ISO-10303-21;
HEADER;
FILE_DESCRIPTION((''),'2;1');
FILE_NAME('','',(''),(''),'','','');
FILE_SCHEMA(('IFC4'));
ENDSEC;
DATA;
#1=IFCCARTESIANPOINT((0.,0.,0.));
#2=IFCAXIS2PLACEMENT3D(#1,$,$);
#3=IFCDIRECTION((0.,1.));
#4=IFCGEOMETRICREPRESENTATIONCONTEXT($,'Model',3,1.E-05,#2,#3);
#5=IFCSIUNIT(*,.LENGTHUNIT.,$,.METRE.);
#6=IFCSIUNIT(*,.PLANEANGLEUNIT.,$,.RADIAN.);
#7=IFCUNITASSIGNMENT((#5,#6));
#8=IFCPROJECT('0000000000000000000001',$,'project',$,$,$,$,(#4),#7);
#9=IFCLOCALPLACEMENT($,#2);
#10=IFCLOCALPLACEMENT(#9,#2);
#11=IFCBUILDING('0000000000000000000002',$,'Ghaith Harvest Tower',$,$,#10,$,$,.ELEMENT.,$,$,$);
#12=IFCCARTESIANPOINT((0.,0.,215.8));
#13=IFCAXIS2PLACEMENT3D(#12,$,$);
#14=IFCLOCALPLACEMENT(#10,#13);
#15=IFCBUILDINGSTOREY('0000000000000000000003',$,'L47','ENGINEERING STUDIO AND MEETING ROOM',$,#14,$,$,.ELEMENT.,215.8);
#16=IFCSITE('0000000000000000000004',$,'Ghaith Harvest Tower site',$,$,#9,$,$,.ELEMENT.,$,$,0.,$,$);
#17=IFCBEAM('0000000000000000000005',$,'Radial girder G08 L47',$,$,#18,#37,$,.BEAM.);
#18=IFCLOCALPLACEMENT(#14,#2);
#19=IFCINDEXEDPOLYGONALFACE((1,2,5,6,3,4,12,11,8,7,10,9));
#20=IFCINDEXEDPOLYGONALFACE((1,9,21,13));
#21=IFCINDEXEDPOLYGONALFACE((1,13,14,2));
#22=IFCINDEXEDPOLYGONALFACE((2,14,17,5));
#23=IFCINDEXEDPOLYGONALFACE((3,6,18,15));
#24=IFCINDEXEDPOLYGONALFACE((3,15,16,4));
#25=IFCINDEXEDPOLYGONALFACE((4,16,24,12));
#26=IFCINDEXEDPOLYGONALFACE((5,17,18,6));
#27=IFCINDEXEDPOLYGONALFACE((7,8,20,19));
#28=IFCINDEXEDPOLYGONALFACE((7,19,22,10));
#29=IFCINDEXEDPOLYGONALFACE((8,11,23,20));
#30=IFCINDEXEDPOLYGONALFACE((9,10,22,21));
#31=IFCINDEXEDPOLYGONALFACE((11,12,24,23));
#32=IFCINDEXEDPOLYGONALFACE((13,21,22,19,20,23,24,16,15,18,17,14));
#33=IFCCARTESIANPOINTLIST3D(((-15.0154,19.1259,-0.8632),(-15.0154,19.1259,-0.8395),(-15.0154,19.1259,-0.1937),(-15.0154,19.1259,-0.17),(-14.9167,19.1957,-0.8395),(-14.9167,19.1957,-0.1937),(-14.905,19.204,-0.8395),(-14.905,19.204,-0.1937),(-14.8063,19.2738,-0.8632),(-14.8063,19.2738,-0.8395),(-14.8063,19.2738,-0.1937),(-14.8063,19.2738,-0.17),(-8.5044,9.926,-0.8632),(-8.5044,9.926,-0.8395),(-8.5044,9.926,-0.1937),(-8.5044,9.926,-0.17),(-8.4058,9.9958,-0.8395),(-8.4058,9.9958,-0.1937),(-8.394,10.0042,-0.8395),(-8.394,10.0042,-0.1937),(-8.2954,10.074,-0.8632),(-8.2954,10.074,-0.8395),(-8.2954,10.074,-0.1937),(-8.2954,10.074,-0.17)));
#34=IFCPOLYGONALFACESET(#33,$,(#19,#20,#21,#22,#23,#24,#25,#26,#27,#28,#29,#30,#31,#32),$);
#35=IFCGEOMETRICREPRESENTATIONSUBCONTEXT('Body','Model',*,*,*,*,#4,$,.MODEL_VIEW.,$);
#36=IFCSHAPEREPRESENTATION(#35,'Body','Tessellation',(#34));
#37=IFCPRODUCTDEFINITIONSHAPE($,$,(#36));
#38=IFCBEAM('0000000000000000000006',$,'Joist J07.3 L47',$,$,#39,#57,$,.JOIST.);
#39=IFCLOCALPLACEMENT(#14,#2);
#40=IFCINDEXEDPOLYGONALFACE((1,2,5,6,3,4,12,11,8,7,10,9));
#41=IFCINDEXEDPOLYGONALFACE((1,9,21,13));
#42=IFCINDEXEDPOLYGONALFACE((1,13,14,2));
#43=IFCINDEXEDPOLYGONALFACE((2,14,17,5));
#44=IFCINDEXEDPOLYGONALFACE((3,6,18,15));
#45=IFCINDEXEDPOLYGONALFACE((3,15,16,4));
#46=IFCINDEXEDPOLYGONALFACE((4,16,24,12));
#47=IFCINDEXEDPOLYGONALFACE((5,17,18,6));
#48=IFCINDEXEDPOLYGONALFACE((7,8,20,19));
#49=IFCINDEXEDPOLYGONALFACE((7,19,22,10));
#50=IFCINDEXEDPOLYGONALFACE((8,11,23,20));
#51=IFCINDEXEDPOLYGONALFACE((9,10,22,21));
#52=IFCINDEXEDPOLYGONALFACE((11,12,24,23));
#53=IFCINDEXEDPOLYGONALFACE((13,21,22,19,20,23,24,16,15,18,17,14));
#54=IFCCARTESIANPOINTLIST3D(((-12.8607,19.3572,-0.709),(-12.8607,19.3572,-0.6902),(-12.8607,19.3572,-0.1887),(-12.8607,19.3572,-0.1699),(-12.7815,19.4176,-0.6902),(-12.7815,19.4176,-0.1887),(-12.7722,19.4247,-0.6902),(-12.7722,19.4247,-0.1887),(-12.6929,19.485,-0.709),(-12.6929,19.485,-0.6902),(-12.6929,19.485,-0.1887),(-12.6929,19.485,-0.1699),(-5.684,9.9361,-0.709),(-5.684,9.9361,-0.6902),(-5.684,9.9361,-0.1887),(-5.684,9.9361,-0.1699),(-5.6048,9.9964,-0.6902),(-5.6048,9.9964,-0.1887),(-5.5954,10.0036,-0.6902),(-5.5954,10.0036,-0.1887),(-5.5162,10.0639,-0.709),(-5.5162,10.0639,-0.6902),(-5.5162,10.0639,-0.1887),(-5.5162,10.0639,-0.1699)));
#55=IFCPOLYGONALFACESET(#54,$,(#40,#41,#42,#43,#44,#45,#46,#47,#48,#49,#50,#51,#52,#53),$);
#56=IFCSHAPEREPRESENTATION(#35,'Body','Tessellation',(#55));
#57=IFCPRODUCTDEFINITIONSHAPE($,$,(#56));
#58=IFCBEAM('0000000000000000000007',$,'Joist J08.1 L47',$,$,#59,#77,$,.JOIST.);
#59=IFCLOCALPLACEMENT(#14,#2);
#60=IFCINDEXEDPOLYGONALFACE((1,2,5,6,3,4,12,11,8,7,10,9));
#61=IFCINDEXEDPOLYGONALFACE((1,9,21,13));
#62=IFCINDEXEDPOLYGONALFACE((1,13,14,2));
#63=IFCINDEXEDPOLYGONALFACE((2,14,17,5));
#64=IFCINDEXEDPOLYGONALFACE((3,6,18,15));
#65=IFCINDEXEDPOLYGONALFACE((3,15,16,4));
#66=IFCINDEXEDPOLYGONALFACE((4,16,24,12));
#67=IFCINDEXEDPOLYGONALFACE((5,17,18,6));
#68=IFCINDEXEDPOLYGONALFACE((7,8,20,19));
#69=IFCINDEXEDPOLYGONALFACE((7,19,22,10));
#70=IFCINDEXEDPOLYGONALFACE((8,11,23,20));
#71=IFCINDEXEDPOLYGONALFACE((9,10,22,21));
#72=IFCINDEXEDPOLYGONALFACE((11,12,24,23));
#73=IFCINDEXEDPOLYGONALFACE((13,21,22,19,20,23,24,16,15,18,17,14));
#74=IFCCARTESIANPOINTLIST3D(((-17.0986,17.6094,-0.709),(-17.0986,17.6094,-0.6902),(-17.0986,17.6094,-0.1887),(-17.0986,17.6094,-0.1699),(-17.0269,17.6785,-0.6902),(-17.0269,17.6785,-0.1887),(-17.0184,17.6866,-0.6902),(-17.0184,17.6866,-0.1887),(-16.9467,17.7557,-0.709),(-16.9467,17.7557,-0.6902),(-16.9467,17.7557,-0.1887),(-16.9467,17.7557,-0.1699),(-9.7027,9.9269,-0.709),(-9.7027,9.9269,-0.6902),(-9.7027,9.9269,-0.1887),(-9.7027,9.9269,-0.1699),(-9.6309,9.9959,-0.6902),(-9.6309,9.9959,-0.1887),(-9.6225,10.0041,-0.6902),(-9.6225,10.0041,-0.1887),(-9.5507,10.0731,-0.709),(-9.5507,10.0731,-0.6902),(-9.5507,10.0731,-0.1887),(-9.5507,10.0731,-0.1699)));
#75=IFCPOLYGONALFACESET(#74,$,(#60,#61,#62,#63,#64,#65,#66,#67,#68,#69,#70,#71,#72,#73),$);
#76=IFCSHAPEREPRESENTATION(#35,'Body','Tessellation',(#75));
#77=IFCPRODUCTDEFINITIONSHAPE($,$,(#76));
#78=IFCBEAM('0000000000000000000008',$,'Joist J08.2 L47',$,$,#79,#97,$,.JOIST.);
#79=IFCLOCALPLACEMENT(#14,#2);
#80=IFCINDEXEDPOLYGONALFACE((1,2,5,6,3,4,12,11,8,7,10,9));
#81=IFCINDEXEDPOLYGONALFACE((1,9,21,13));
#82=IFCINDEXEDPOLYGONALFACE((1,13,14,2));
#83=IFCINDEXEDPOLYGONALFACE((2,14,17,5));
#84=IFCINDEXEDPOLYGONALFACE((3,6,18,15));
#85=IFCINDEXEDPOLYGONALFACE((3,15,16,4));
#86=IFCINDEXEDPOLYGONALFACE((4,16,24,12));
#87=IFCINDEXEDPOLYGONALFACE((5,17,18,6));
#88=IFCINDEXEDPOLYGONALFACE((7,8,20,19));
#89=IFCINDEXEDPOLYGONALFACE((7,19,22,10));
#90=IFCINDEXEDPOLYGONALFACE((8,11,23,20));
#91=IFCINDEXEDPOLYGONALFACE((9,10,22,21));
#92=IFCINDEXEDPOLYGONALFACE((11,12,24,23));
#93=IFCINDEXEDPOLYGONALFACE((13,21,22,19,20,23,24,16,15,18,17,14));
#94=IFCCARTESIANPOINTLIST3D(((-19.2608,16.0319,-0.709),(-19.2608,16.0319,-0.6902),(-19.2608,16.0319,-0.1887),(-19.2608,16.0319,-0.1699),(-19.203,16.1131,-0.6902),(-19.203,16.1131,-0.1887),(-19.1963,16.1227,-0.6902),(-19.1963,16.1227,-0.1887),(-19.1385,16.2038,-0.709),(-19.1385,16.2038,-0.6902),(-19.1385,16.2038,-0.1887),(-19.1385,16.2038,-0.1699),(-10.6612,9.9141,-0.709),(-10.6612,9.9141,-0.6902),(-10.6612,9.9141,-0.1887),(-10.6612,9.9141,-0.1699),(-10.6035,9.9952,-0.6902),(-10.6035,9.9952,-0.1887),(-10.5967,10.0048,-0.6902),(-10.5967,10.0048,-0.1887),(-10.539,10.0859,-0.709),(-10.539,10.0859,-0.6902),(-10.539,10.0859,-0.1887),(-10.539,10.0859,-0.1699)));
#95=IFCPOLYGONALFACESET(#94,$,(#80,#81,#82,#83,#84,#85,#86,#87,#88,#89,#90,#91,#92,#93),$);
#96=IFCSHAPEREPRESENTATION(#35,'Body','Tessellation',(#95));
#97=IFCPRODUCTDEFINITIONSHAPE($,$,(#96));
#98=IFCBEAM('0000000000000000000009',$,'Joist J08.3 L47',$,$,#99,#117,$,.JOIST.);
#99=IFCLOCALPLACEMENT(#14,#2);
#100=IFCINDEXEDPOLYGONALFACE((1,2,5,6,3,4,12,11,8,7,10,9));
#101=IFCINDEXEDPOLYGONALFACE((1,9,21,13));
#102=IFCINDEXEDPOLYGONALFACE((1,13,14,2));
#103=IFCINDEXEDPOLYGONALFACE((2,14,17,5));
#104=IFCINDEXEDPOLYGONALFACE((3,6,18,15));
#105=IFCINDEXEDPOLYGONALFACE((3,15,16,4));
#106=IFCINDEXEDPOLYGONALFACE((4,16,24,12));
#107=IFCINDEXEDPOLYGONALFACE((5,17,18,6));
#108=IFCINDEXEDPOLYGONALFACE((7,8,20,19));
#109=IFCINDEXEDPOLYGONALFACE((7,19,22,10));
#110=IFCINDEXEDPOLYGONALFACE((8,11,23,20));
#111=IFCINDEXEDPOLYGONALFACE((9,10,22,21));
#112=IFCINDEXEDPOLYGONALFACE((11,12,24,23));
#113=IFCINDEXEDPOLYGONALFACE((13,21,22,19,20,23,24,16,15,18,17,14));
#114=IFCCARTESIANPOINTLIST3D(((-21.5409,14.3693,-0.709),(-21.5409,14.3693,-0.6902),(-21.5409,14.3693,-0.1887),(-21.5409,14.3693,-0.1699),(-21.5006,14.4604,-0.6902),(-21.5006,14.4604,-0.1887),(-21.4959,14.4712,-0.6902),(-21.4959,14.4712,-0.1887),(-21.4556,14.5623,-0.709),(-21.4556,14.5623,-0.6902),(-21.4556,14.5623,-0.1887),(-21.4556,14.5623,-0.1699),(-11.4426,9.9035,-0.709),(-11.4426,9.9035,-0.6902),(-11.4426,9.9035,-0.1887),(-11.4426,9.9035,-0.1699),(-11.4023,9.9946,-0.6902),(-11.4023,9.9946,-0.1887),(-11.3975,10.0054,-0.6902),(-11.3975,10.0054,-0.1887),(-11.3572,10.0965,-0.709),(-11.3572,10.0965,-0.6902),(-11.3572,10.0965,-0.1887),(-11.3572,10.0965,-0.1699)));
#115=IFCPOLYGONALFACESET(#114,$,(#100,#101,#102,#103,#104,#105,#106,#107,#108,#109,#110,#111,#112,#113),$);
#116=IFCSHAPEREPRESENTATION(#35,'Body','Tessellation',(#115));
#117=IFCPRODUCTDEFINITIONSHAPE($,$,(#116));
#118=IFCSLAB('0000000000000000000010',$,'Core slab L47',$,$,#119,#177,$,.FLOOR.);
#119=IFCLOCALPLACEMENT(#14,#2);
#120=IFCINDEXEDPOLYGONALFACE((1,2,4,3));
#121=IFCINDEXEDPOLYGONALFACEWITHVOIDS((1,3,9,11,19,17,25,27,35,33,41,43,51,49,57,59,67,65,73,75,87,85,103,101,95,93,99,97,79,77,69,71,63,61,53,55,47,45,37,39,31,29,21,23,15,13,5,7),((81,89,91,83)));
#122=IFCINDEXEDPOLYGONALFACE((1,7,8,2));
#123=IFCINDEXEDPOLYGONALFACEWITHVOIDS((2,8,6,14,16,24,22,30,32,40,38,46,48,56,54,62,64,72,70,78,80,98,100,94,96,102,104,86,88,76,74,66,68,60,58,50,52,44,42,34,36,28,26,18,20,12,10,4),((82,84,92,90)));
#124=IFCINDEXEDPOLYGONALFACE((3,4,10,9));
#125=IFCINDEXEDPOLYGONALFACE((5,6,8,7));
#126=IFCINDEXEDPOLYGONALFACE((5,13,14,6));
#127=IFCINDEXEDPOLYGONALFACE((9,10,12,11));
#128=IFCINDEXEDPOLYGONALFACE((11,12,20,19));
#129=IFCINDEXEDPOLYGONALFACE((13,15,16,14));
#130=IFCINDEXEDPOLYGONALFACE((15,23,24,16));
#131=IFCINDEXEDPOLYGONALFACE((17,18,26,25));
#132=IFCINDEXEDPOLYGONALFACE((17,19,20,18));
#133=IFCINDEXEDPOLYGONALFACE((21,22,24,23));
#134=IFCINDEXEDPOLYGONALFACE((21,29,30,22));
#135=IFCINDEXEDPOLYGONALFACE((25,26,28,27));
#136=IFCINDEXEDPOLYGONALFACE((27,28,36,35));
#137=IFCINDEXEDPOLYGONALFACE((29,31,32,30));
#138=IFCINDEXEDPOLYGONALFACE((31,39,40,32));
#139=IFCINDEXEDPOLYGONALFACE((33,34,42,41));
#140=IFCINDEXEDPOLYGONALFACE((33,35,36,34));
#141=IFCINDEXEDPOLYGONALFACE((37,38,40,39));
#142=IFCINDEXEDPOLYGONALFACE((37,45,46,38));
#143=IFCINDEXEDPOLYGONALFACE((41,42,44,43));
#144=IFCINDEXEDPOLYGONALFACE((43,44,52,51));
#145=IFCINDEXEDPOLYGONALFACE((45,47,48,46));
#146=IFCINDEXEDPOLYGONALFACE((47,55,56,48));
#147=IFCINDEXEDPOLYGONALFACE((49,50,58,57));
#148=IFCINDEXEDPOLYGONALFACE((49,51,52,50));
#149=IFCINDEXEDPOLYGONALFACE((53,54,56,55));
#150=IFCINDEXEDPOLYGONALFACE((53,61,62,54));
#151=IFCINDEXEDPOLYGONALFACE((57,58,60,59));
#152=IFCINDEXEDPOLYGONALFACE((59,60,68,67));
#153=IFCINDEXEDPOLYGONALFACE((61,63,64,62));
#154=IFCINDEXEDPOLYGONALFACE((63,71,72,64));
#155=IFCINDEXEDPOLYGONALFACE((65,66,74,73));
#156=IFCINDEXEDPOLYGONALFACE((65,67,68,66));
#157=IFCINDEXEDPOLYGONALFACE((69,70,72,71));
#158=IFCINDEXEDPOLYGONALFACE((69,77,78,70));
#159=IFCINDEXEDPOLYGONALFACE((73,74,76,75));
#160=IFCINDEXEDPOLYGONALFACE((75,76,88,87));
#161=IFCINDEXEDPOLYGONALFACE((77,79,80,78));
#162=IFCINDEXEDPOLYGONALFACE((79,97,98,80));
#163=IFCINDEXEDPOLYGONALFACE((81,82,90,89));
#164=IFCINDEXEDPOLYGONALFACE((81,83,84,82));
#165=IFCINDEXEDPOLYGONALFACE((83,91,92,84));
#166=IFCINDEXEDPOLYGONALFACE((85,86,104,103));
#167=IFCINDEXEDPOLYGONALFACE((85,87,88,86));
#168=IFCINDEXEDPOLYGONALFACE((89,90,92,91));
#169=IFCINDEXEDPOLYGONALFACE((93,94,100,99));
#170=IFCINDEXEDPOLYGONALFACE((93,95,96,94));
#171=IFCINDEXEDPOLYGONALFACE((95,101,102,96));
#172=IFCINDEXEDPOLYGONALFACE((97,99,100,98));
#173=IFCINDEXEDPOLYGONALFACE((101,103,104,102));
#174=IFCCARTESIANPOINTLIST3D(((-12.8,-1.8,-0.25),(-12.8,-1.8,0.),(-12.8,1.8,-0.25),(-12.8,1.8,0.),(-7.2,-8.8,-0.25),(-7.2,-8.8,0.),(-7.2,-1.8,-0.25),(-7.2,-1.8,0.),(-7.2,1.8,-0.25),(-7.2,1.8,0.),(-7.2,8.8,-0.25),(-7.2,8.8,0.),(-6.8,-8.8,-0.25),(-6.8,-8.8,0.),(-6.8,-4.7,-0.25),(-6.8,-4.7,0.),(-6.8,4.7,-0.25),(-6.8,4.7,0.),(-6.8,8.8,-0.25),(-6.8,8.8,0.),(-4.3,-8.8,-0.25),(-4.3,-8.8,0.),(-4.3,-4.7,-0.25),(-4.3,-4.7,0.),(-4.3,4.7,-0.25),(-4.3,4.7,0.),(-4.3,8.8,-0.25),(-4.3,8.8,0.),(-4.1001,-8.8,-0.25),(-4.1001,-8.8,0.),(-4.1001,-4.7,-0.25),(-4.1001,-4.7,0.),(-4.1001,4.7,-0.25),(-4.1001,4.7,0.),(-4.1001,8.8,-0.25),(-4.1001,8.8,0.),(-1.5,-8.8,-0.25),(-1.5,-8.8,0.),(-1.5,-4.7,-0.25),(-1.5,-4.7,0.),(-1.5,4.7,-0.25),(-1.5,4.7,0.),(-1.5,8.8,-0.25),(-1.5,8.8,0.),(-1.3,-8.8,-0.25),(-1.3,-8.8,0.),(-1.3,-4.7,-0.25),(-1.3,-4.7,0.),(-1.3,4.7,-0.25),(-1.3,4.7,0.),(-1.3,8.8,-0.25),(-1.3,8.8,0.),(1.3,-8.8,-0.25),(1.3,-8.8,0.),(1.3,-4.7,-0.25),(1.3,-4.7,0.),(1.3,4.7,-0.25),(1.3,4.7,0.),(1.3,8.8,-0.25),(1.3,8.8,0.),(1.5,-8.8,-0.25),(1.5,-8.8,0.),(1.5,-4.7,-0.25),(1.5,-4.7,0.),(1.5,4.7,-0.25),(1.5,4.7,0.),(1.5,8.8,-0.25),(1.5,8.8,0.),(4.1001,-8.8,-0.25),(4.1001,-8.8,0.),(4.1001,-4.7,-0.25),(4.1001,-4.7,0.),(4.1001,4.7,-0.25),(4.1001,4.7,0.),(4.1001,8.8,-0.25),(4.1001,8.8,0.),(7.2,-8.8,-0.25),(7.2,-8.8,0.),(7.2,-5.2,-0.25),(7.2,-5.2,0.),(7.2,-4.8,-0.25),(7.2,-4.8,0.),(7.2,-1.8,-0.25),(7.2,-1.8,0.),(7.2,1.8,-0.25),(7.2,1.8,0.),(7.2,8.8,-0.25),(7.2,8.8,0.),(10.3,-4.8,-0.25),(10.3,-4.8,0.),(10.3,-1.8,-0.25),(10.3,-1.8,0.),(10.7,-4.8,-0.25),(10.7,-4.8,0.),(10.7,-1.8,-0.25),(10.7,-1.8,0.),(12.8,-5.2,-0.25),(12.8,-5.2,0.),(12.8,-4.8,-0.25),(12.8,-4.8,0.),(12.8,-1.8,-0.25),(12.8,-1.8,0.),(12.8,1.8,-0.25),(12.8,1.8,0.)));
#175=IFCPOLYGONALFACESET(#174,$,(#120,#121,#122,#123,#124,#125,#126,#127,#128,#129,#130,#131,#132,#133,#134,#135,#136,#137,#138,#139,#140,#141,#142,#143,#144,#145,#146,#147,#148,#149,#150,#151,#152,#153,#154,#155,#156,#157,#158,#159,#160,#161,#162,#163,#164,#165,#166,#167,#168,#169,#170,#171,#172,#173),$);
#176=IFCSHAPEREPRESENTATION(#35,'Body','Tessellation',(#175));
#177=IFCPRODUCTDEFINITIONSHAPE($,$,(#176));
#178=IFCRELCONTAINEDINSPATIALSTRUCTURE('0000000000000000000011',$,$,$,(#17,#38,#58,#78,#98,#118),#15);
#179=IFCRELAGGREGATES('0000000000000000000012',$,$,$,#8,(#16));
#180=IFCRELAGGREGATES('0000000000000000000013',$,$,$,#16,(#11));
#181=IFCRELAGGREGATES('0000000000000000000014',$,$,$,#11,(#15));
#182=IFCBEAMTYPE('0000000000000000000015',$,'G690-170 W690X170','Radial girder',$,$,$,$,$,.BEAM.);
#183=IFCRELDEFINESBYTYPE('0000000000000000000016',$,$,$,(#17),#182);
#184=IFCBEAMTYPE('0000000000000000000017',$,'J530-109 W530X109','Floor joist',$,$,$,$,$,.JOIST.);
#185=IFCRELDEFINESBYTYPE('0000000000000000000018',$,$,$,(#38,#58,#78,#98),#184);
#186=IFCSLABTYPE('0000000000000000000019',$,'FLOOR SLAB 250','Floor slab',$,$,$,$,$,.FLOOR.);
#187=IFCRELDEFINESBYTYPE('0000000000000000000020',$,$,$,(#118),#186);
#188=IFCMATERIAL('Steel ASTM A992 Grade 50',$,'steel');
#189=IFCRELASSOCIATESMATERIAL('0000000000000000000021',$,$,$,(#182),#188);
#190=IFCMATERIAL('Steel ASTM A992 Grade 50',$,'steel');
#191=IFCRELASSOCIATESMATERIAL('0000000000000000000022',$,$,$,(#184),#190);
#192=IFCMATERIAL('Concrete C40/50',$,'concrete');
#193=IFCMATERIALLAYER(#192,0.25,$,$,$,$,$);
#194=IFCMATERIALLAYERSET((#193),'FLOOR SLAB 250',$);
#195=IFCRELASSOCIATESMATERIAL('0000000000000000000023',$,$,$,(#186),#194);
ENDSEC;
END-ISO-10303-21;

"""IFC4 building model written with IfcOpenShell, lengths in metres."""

from ifc_helpers import new_model, si_unit, direction, frame, origin, origin_2d, place, context, subcontext, project, spatial, polyline, i_section, outline, extrude, material, layer, layer_set, material_profile, profile_set, type_object, element, save


model = new_model("IFC4")

# Units and contexts
model_context = context("Model", 3, precision=1e-05, world=origin(), true_north=direction((0.0, 1.0)))
body_context = subcontext(model_context, "Body", "Model", "MODEL_VIEW")
ifc_project = project(units=[si_unit("LENGTHUNIT", "METRE"), si_unit("PLANEANGLEUNIT", "RADIAN")], contexts=[model_context])

# Site, building, storey
site_placement = place(None, origin())
site = spatial("IfcSite", under=ifc_project, at=site_placement, Name="Ghaith Harvest Tower site", CompositionType="ELEMENT", RefElevation=0.0)
building_placement = place(site_placement, origin())
building = spatial("IfcBuilding", under=site, at=building_placement, Name="Ghaith Harvest Tower", CompositionType="ELEMENT")
storey_placement = place(building_placement, frame((0.0, 0.0, 215.8)))
storey = spatial("IfcBuildingStorey", under=building, at=storey_placement, Name="L47", Description="ENGINEERING STUDIO AND MEETING ROOM", CompositionType="ELEMENT", Elevation=215.8)

# Beams
ifc_material_1 = material(Name="Steel ASTM A992 Grade 50", Category="steel")
ifc_material_profile_1 = material_profile(ifc_material_1, i_section(OverallWidth=0.2561, OverallDepth=0.6931, WebThickness=0.0144, FlangeThickness=0.0237, at=origin_2d()), Name="W690X170")
ifc_profile_set_1 = profile_set([ifc_material_profile_1], Name="Steel ASTM A992 Grade 50")
beam_type_1 = type_object("IfcBeamType", Name="G690-170 W690X170", Description="Radial girder", PredefinedType="BEAM", material=ifc_profile_set_1)
beam_1_placement = place(storey_placement, frame((-8.3999, 10.0, -0.5166), z_axis=(-0.577684, 0.816261, 0.0), x_axis=(-0.816261, -0.577684, 0.0)))
element("IfcBeam", 1, at=beam_1_placement, inside=storey, type_object=beam_type_1, Name="Radial girder G08 L47", PredefinedType="BEAM", context=body_context, shape_type="SweptSolid", body=[
    extrude(i_section(OverallWidth=0.2561, OverallDepth=0.6931, WebThickness=0.0144, FlangeThickness=0.0237, at=origin_2d()), origin(), (0.0, 0.0, 1.0), 11.2708),
])
ifc_material_2 = material(Name="Steel ASTM A992 Grade 50", Category="steel")
ifc_material_profile_2 = material_profile(ifc_material_2, i_section(OverallWidth=0.2109, OverallDepth=0.5391, WebThickness=0.0117, FlangeThickness=0.0188, at=origin_2d()), Name="W530X109")
ifc_profile_set_2 = profile_set([ifc_material_profile_2], Name="Steel ASTM A992 Grade 50")
beam_type_2 = type_object("IfcBeamType", Name="J530-109 W530X109", Description="Floor joist", PredefinedType="JOIST", material=ifc_profile_set_2)
beam_2_placement = place(storey_placement, frame((-5.6001, 10.0, -0.4395), z_axis=(-0.605976, 0.795483, 0.0), x_axis=(-0.795483, -0.605976, 0.0)))
element("IfcBeam", 2, at=beam_2_placement, inside=storey, type_object=beam_type_2, Name="Joist J07.3 L47", PredefinedType="JOIST", context=body_context, shape_type="SweptSolid", body=[
    extrude(i_section(OverallWidth=0.2109, OverallDepth=0.5391, WebThickness=0.0117, FlangeThickness=0.0188, at=origin_2d()), origin(), (0.0, 0.0, 1.0), 11.8433),
])
beam_3_placement = place(storey_placement, frame((-9.6267, 10.0, -0.4395), z_axis=(-0.69354, 0.720418, 0.0), x_axis=(-0.720418, -0.69354, 0.0)))
element("IfcBeam", 3, at=beam_3_placement, inside=storey, type_object=beam_type_2, Name="Joist J08.1 L47", PredefinedType="JOIST", context=body_context, shape_type="SweptSolid", body=[
    extrude(i_section(OverallWidth=0.2109, OverallDepth=0.5391, WebThickness=0.0117, FlangeThickness=0.0188, at=origin_2d()), origin(), (0.0, 0.0, 1.0), 10.6641),
])
beam_4_placement = place(storey_placement, frame((-10.6001, 10.0, -0.4395), z_axis=(-0.814837, 0.57969, 0.0), x_axis=(-0.57969, -0.814837, 0.0)))
element("IfcBeam", 4, at=beam_4_placement, inside=storey, type_object=beam_type_2, Name="Joist J08.2 L47", PredefinedType="JOIST", context=body_context, shape_type="SweptSolid", body=[
    extrude(i_section(OverallWidth=0.2109, OverallDepth=0.5391, WebThickness=0.0117, FlangeThickness=0.0188, at=origin_2d()), origin(), (0.0, 0.0, 1.0), 10.5537),
])
beam_5_placement = place(storey_placement, frame((-11.3999, 10.0, -0.4395), z_axis=(-0.914561, 0.404447, 0.0), x_axis=(-0.404447, -0.914561, 0.0)))
element("IfcBeam", 5, at=beam_5_placement, inside=storey, type_object=beam_type_2, Name="Joist J08.3 L47", PredefinedType="JOIST", context=body_context, shape_type="SweptSolid", body=[
    extrude(i_section(OverallWidth=0.2109, OverallDepth=0.5391, WebThickness=0.0117, FlangeThickness=0.0188, at=origin_2d()), origin(), (0.0, 0.0, 1.0), 11.0417),
])

# Slab
ifc_material_3 = material(Name="Concrete C40/50", Category="concrete")
ifc_layer_1 = layer(ifc_material_3, 0.25)
ifc_layer_set_1 = layer_set([ifc_layer_1], Name="FLOOR SLAB 250")
slab_type_1 = type_object("IfcSlabType", Name="FLOOR SLAB 250", Description="Floor slab", PredefinedType="FLOOR", material=ifc_layer_set_1)
slab_1_placement = place(storey_placement, frame((0.0, 0.0, -0.25)))
element("IfcSlab", 6, at=slab_1_placement, inside=storey, type_object=slab_type_1, Name="Core slab L47", PredefinedType="FLOOR", context=body_context, shape_type="SweptSolid", body=[
    extrude(outline(polyline([(-12.8, 1.8), (-7.2, 1.8), (-7.2, 8.8), (-6.8, 8.8), (-6.8, 4.7), (-4.3, 4.7), (-4.3, 8.8), (-4.1001, 8.8), (-4.1001, 4.7), (-1.5, 4.7), (-1.5, 8.8), (-1.3, 8.8), (-1.3, 4.7), (1.3, 4.7), (1.3, 8.8), (1.5, 8.8), (1.5, 4.7), (4.1001, 4.7), (4.1001, 8.8), (7.2, 8.8), (7.2, 1.8), (12.8, 1.8), (12.8, -1.8), (10.7, -1.8), (10.7, -4.8), (12.8, -4.8), (12.8, -5.2), (7.2, -5.2), (7.2, -8.8), (4.1001, -8.8), (4.1001, -4.7), (1.5, -4.7), (1.5, -8.8), (1.3, -8.8), (1.3, -4.7), (-1.3, -4.7), (-1.3, -8.8), (-1.5, -8.8), (-1.5, -4.7), (-4.1001, -4.7), (-4.1001, -8.8), (-4.3, -8.8), (-4.3, -4.7), (-6.8, -4.7), (-6.8, -8.8), (-7.2, -8.8), (-7.2, -1.8), (-12.8, -1.8), (-12.8, 1.8)]), holes=[polyline([(10.3, -4.8), (10.3, -1.8), (7.2, -1.8), (7.2, -4.8), (10.3, -4.8)])]), origin(), (0.0, 0.0, 1.0), 0.25),
])

save(model, "model.ifc")
